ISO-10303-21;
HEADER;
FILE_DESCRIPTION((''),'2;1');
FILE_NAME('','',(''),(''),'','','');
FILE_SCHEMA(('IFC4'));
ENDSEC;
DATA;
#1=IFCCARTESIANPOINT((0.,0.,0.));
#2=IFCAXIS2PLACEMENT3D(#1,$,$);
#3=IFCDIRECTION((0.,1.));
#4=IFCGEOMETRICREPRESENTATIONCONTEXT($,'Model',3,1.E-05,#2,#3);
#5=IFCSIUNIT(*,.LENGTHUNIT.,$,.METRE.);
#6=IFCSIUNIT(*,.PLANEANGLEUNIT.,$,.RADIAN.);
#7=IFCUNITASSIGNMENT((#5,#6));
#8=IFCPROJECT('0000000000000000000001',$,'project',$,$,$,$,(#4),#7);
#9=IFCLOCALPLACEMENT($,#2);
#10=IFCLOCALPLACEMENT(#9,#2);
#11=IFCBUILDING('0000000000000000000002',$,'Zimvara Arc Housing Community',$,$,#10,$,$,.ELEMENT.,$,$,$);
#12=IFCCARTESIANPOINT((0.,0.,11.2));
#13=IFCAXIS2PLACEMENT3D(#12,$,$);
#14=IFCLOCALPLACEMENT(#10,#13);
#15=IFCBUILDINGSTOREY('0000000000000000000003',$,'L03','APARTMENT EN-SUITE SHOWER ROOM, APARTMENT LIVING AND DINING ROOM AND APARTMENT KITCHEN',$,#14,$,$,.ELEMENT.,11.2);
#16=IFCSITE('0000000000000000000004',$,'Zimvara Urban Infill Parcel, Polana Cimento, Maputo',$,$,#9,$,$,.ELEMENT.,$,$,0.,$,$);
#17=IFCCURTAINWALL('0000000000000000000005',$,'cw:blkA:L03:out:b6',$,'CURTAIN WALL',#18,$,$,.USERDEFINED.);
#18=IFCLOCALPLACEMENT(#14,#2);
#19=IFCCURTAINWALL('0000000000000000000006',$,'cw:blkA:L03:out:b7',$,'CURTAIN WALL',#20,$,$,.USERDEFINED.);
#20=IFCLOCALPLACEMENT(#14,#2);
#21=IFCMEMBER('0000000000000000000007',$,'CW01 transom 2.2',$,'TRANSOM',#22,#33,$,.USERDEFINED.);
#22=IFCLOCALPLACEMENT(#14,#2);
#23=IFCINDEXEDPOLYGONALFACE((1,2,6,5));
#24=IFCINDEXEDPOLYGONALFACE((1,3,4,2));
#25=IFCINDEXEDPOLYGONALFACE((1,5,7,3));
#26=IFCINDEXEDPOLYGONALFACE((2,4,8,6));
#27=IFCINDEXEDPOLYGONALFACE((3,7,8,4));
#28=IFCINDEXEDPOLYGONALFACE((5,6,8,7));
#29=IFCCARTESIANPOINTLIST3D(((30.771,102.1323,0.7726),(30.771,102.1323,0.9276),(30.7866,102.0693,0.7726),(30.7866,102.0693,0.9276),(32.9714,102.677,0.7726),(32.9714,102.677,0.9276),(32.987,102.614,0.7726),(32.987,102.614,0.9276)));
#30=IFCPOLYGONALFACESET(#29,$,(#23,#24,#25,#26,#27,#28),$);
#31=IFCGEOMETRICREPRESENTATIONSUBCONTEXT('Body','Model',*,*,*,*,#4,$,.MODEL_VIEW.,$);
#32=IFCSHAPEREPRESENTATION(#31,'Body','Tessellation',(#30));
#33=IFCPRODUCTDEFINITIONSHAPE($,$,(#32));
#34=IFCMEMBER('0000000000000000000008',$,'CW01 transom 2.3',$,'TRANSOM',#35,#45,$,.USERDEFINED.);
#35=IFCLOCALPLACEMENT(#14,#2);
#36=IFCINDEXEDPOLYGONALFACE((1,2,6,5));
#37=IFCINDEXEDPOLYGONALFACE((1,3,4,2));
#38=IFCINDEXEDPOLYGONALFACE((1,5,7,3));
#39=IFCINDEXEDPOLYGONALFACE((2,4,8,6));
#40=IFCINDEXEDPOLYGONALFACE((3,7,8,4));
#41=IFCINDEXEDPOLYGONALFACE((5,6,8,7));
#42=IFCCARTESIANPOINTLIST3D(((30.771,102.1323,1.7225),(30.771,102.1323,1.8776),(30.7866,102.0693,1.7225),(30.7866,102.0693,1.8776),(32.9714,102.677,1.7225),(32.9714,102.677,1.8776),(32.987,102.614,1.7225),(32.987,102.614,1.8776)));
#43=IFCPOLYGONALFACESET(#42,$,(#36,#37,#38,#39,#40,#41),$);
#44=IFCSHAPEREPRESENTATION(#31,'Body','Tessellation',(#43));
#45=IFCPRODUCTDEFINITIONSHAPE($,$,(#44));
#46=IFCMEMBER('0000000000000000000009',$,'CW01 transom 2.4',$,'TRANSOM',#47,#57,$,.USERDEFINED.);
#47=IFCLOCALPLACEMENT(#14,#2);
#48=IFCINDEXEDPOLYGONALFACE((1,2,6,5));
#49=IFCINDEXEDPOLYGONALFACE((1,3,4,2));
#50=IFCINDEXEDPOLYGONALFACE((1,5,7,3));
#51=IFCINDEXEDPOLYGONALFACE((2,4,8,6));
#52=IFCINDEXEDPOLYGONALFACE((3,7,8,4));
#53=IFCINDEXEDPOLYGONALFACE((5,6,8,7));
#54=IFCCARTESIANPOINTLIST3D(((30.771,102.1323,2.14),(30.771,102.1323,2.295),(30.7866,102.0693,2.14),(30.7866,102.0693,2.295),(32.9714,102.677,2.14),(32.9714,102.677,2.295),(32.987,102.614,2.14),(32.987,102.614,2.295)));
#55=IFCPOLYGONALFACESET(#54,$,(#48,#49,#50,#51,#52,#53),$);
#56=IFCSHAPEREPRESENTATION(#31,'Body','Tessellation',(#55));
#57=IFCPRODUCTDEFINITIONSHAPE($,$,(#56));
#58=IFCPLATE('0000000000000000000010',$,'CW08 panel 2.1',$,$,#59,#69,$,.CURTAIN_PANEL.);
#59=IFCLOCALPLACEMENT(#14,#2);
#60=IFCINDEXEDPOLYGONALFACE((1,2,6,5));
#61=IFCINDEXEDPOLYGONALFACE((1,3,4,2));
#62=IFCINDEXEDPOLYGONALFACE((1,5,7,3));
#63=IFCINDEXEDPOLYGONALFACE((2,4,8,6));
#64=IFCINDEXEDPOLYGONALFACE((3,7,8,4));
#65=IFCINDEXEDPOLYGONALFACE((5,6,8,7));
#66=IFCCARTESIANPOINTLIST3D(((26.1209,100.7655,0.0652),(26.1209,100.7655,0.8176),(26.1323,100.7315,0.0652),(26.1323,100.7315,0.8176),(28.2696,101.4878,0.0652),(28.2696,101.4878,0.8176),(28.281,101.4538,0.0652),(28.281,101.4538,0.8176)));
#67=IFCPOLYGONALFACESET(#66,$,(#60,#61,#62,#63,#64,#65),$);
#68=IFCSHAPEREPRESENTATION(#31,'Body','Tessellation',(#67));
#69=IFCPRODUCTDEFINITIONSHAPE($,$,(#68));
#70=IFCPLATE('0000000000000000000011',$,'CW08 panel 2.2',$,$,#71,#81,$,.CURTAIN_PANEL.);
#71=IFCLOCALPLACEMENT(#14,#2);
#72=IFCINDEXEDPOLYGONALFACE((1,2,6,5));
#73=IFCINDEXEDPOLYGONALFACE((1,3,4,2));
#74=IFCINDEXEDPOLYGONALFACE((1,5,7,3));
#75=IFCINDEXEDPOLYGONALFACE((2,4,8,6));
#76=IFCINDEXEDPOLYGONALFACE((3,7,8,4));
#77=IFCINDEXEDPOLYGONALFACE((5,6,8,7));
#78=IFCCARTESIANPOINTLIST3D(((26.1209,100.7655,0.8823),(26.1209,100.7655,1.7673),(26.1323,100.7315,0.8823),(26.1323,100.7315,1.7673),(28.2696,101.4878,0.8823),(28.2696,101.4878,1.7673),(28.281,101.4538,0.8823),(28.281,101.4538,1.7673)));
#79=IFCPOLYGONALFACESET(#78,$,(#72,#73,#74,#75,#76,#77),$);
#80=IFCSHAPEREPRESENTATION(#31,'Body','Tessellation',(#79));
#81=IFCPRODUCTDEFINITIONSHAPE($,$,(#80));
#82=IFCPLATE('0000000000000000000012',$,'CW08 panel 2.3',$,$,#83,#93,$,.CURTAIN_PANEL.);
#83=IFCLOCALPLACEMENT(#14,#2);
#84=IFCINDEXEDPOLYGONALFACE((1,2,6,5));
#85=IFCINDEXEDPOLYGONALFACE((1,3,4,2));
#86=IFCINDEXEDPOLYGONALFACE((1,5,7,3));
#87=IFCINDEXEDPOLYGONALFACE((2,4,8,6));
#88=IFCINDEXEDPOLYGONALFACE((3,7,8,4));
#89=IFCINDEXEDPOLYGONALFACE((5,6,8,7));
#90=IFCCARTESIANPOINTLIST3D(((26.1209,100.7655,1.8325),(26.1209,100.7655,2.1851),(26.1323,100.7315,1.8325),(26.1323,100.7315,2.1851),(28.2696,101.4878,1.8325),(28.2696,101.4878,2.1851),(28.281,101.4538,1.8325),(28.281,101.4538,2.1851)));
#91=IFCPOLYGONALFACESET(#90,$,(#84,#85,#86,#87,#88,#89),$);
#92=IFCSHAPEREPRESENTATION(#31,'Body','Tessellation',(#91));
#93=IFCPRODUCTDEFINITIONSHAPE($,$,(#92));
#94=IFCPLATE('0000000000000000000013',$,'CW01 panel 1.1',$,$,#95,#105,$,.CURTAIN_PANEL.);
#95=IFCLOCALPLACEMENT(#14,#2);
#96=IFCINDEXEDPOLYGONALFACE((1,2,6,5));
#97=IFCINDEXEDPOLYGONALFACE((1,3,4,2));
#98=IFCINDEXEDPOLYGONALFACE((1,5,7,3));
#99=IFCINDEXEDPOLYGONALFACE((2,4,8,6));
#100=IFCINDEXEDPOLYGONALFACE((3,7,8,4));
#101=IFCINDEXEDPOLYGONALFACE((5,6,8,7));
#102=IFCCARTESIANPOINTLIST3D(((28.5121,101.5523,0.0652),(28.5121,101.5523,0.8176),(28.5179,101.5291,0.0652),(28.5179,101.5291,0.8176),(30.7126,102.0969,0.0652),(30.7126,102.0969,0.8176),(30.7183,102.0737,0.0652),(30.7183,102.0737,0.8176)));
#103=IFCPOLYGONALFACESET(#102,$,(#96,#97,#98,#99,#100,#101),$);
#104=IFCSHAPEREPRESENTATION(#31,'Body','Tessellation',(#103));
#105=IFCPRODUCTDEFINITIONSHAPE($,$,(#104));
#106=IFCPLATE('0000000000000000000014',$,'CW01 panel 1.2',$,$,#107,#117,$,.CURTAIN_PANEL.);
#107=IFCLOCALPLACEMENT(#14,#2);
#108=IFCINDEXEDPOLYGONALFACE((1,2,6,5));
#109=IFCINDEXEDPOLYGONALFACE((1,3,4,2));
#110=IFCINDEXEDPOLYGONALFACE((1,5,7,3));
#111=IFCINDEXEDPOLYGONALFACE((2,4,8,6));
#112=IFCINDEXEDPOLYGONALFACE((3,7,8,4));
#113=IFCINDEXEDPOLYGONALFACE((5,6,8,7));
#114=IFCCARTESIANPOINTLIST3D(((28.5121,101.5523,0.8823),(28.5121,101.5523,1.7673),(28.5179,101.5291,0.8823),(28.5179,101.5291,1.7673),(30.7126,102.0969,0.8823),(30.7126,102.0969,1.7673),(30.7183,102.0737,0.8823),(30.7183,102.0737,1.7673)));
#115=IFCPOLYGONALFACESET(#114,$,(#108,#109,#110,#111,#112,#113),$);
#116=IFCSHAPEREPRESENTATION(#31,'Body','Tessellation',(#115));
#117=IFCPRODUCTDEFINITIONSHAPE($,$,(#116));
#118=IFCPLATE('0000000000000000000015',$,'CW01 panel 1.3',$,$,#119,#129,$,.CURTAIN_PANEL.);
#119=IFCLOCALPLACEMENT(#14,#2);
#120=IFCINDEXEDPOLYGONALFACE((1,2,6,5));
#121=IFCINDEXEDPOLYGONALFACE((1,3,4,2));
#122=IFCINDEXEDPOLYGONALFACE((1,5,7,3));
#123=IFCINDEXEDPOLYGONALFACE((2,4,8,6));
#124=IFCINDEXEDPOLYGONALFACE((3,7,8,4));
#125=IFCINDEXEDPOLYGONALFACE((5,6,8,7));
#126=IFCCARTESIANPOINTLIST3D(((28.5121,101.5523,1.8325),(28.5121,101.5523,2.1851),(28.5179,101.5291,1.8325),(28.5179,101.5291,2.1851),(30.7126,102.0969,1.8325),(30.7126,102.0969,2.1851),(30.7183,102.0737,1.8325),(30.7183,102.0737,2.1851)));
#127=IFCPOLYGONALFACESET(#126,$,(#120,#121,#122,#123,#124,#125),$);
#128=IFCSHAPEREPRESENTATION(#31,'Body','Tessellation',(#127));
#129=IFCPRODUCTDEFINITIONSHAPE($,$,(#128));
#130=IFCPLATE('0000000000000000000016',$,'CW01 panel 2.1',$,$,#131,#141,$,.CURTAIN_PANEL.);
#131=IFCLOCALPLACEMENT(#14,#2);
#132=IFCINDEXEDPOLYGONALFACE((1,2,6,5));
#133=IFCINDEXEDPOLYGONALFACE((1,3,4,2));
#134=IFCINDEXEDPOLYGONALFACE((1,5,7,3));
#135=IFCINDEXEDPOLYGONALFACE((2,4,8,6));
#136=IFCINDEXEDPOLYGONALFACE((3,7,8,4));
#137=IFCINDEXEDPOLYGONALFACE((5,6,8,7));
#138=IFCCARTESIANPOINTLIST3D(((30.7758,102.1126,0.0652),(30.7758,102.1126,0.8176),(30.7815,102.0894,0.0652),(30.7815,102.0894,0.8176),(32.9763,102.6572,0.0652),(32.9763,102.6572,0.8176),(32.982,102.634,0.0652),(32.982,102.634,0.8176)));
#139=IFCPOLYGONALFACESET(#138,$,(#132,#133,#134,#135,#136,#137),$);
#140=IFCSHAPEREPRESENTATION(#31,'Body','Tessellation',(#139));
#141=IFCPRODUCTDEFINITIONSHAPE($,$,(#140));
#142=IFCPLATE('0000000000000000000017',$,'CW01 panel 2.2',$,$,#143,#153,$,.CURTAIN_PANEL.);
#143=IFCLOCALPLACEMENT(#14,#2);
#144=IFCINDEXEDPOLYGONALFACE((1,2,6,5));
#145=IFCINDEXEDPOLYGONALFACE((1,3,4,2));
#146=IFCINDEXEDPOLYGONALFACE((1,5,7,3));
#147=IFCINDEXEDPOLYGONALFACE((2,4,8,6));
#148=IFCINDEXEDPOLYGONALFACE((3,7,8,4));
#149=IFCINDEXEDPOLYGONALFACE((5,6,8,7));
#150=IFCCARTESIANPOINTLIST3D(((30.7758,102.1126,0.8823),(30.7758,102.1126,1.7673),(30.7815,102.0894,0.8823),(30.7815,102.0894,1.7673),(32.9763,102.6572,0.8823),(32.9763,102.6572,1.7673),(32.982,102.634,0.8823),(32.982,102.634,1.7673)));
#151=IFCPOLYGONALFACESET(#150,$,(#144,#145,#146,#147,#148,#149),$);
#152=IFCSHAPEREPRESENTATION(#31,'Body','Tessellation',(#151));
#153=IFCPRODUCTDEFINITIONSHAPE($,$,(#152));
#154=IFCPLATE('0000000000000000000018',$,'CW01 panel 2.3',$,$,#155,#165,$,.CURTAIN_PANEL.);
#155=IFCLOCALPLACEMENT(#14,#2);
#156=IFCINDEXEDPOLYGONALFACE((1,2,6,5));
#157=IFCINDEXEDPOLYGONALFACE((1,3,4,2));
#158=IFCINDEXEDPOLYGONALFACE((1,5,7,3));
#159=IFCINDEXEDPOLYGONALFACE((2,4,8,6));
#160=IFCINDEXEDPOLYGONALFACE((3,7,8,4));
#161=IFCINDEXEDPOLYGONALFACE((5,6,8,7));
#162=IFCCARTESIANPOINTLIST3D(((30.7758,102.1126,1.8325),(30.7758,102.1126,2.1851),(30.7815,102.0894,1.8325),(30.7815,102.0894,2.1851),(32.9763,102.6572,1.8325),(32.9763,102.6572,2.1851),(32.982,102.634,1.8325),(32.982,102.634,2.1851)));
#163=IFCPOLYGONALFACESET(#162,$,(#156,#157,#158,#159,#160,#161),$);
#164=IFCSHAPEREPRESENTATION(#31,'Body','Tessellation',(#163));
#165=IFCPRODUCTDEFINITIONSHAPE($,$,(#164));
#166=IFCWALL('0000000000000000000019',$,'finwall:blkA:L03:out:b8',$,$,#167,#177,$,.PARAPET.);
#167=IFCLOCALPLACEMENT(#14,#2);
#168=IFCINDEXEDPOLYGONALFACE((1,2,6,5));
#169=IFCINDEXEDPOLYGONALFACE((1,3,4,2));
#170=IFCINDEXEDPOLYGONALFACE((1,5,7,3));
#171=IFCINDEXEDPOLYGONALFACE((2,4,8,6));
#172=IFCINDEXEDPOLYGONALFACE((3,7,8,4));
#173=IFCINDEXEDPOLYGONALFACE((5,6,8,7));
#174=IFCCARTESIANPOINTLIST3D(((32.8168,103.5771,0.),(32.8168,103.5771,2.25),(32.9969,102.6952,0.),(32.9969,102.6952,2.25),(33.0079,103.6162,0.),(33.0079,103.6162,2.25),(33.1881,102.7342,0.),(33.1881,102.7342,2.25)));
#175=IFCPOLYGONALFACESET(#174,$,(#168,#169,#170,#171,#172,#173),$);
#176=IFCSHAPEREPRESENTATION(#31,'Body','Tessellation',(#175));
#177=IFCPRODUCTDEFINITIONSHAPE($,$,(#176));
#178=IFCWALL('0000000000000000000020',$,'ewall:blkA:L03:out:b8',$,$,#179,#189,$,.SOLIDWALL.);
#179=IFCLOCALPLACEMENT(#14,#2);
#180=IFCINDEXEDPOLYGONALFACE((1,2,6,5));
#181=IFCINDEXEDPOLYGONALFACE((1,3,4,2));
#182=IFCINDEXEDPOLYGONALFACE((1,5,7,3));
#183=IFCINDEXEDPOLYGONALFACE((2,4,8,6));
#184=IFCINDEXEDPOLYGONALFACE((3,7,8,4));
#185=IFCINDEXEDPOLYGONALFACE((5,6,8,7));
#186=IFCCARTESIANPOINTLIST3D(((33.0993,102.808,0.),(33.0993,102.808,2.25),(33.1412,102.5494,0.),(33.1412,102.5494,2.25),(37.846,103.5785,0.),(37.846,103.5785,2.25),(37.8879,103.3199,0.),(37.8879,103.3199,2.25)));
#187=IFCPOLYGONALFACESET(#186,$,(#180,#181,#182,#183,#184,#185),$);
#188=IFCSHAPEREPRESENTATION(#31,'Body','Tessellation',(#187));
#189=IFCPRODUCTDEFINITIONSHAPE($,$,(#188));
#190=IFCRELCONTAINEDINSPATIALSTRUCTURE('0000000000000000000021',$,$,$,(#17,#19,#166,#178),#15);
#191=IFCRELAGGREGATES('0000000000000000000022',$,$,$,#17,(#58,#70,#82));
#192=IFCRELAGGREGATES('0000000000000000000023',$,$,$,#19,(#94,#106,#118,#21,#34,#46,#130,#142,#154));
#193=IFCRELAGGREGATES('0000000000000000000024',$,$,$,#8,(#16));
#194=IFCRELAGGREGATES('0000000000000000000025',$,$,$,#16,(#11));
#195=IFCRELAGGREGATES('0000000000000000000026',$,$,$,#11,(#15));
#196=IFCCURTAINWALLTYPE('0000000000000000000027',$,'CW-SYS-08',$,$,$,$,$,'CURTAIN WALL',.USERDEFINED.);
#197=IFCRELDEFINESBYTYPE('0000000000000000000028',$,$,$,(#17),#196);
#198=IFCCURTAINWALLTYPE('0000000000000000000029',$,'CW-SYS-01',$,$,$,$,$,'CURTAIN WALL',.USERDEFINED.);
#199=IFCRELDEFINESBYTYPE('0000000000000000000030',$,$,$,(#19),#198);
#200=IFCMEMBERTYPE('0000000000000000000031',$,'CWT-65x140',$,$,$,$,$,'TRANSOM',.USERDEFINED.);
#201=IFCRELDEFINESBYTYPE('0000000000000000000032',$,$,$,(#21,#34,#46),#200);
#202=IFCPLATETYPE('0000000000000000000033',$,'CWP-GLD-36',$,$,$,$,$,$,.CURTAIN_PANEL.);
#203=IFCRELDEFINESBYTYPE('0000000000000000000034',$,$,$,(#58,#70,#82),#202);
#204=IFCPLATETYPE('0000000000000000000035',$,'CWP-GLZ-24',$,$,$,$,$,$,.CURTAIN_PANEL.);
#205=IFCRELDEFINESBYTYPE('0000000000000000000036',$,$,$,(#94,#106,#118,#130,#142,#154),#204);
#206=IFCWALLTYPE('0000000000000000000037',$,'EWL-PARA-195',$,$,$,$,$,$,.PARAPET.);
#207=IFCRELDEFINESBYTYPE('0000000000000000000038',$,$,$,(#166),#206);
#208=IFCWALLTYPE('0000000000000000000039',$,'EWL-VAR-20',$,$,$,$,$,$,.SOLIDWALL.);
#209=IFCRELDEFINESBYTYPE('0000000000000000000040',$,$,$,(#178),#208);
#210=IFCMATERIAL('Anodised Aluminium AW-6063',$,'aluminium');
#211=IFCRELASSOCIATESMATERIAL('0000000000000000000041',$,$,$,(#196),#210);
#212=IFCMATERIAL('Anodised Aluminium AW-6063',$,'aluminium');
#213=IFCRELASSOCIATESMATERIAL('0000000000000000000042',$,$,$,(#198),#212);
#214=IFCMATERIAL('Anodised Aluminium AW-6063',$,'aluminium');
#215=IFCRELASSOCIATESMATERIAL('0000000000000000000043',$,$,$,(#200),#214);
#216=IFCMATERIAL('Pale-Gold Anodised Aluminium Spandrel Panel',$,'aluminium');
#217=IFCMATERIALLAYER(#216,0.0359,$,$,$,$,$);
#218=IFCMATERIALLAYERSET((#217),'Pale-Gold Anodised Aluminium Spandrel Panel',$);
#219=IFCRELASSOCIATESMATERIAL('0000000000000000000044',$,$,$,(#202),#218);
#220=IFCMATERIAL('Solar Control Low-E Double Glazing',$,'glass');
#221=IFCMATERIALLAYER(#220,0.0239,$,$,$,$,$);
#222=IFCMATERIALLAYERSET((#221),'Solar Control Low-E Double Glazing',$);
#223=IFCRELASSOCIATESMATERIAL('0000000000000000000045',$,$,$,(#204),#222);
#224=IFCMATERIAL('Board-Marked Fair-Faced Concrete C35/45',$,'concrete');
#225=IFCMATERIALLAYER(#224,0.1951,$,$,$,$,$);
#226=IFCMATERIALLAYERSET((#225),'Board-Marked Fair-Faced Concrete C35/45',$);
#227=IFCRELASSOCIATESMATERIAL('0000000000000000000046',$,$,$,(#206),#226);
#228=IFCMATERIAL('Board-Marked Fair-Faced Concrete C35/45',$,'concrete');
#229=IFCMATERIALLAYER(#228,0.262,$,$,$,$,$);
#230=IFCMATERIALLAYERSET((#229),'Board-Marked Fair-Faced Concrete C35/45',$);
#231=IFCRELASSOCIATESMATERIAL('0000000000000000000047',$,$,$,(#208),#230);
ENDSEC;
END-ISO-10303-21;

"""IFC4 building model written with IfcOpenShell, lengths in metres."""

from ifc_helpers import new_model, si_unit, direction, frame, frame_2d, origin, origin_2d, place, context, subcontext, project, spatial, rectangle, extrude, material, layer, layer_set, material_profile, profile_set, type_object, element, aggregate, save


model = new_model("IFC4")

# Units and contexts
model_context = context("Model", 3, precision=1e-05, world=origin(), true_north=direction((0.0, 1.0)))
body_context = subcontext(model_context, "Body", "Model", "MODEL_VIEW")
ifc_project = project(units=[si_unit("LENGTHUNIT", "METRE"), si_unit("PLANEANGLEUNIT", "RADIAN")], contexts=[model_context])

# Site, building, storey
site_placement = place(None, origin())
site = spatial("IfcSite", under=ifc_project, at=site_placement, Name="Zimvara Urban Infill Parcel, Polana Cimento, Maputo", CompositionType="ELEMENT", RefElevation=0.0)
building_placement = place(site_placement, origin())
building = spatial("IfcBuilding", under=site, at=building_placement, Name="Zimvara Arc Housing Community", CompositionType="ELEMENT")
storey_placement = place(building_placement, frame((0.0, 0.0, 11.2)))
storey = spatial("IfcBuildingStorey", under=building, at=storey_placement, Name="L03", Description="APARTMENT EN-SUITE SHOWER ROOM, APARTMENT LIVING AND DINING ROOM AND APARTMENT KITCHEN", CompositionType="ELEMENT", Elevation=11.2)

# Curtain wall
ifc_material_1 = material(Name="Anodised Aluminium AW-6063", Category="aluminium")
curtain_wall_type_1 = type_object("IfcCurtainWallType", Name="CW-SYS-08", ElementType="CURTAIN WALL", PredefinedType="USERDEFINED", material=ifc_material_1)
curtain_wall_1_placement = place(storey_placement, origin())
curtain_wall_1 = element("IfcCurtainWall", 1, at=curtain_wall_1_placement, inside=storey, type_object=curtain_wall_type_1, Name="cw:blkA:L03:out:b6", ObjectType="CURTAIN WALL", PredefinedType="USERDEFINED")

# Curtain wall, members
ifc_material_2 = material(Name="Anodised Aluminium AW-6063", Category="aluminium")
curtain_wall_type_2 = type_object("IfcCurtainWallType", Name="CW-SYS-01", ElementType="CURTAIN WALL", PredefinedType="USERDEFINED", material=ifc_material_2)
curtain_wall_2_placement = place(storey_placement, origin())
curtain_wall_2 = element("IfcCurtainWall", 2, at=curtain_wall_2_placement, inside=storey, type_object=curtain_wall_type_2, Name="cw:blkA:L03:out:b7", ObjectType="CURTAIN WALL", PredefinedType="USERDEFINED")
ifc_material_3 = material(Name="Anodised Aluminium AW-6063", Category="aluminium")
ifc_material_profile_1 = material_profile(ifc_material_3, rectangle(XDim=0.0649, YDim=0.155, at=origin_2d()), Name="ALU 65x155")
ifc_profile_set_1 = profile_set([ifc_material_profile_1], Name="Anodised Aluminium AW-6063")
member_type_1 = type_object("IfcMemberType", Name="CWT-65x140", ElementType="TRANSOM", PredefinedType="USERDEFINED", material=ifc_profile_set_1)
member_1_placement = place(storey_placement, frame((30.7788, 102.1008, 0.8501), z_axis=(0.970704, 0.24028, 0.0), x_axis=(-0.24028, 0.970704, 0.0)))
member_1 = element("IfcMember", 3, at=member_1_placement, type_object=member_type_1, Name="CW01 transom 2.2", ObjectType="TRANSOM", PredefinedType="USERDEFINED", context=body_context, shape_type="SweptSolid", body=[
    extrude(rectangle(XDim=0.0649, YDim=0.155, at=origin_2d()), origin(), (0.0, 0.0, 1.0), 2.2668),
])
member_2_placement = place(storey_placement, frame((30.7788, 102.1008, 1.8), z_axis=(0.970704, 0.24028, 0.0), x_axis=(-0.24028, 0.970704, 0.0)))
member_2 = element("IfcMember", 4, at=member_2_placement, type_object=member_type_1, Name="CW01 transom 2.3", ObjectType="TRANSOM", PredefinedType="USERDEFINED", context=body_context, shape_type="SweptSolid", body=[
    extrude(rectangle(XDim=0.0649, YDim=0.155, at=origin_2d()), origin(), (0.0, 0.0, 1.0), 2.2668),
])
member_3_placement = place(storey_placement, frame((30.7788, 102.1008, 2.2175), z_axis=(0.970704, 0.24028, 0.0), x_axis=(-0.24028, 0.970704, 0.0)))
member_3 = element("IfcMember", 5, at=member_3_placement, type_object=member_type_1, Name="CW01 transom 2.4", ObjectType="TRANSOM", PredefinedType="USERDEFINED", context=body_context, shape_type="SweptSolid", body=[
    extrude(rectangle(XDim=0.0649, YDim=0.155, at=origin_2d()), origin(), (0.0, 0.0, 1.0), 2.2668),
])

# Plates
ifc_material_4 = material(Name="Pale-Gold Anodised Aluminium Spandrel Panel", Category="aluminium")
ifc_layer_1 = layer(ifc_material_4, 0.0359)
ifc_layer_set_1 = layer_set([ifc_layer_1], Name="Pale-Gold Anodised Aluminium Spandrel Panel")
plate_type_1 = type_object("IfcPlateType", Name="CWP-GLD-36", PredefinedType="CURTAIN_PANEL", material=ifc_layer_set_1)
plate_1_placement = place(storey_placement, frame((27.2009, 101.1096, 0.0652), z_axis=(0.0, 0.0, 1.0), x_axis=(0.94788, 0.318629, 0.0)))
plate_1 = element("IfcPlate", 6, at=plate_1_placement, type_object=plate_type_1, Name="CW08 panel 2.1", PredefinedType="CURTAIN_PANEL", context=body_context, shape_type="SweptSolid", body=[
    extrude(rectangle(XDim=2.2668, YDim=0.0359, at=origin_2d()), origin(), (0.0, 0.0, 1.0), 0.7524),
])
plate_2_placement = place(storey_placement, frame((27.2009, 101.1096, 0.8823), z_axis=(0.0, 0.0, 1.0), x_axis=(0.94788, 0.318629, 0.0)))
plate_2 = element("IfcPlate", 7, at=plate_2_placement, type_object=plate_type_1, Name="CW08 panel 2.2", PredefinedType="CURTAIN_PANEL", context=body_context, shape_type="SweptSolid", body=[
    extrude(rectangle(XDim=2.2668, YDim=0.0359, at=origin_2d()), origin(), (0.0, 0.0, 1.0), 0.885),
])
plate_3_placement = place(storey_placement, frame((27.2009, 101.1096, 1.8325), z_axis=(0.0, 0.0, 1.0), x_axis=(0.94788, 0.318629, 0.0)))
plate_3 = element("IfcPlate", 8, at=plate_3_placement, type_object=plate_type_1, Name="CW08 panel 2.3", PredefinedType="CURTAIN_PANEL", context=body_context, shape_type="SweptSolid", body=[
    extrude(rectangle(XDim=2.2668, YDim=0.0359, at=origin_2d()), origin(), (0.0, 0.0, 1.0), 0.3525),
])
aggregate(curtain_wall_1, [plate_1, plate_2, plate_3])
ifc_material_5 = material(Name="Solar Control Low-E Double Glazing", Category="glass")
ifc_layer_2 = layer(ifc_material_5, 0.0239)
ifc_layer_set_2 = layer_set([ifc_layer_2], Name="Solar Control Low-E Double Glazing")
plate_type_2 = type_object("IfcPlateType", Name="CWP-GLZ-24", PredefinedType="CURTAIN_PANEL", material=ifc_layer_set_2)
plate_4_placement = place(storey_placement, frame((29.6152, 101.813, 0.0652), z_axis=(0.0, 0.0, 1.0), x_axis=(0.970716, 0.24023, 0.0)))
plate_4 = element("IfcPlate", 9, at=plate_4_placement, type_object=plate_type_2, Name="CW01 panel 1.1", PredefinedType="CURTAIN_PANEL", context=body_context, shape_type="SweptSolid", body=[
    extrude(rectangle(XDim=2.2668, YDim=0.0239, at=origin_2d()), origin(), (0.0, 0.0, 1.0), 0.7524),
])
plate_5_placement = place(storey_placement, frame((29.6152, 101.813, 0.8823), z_axis=(0.0, 0.0, 1.0), x_axis=(0.970716, 0.24023, 0.0)))
plate_5 = element("IfcPlate", 10, at=plate_5_placement, type_object=plate_type_2, Name="CW01 panel 1.2", PredefinedType="CURTAIN_PANEL", context=body_context, shape_type="SweptSolid", body=[
    extrude(rectangle(XDim=2.2668, YDim=0.0239, at=origin_2d()), origin(), (0.0, 0.0, 1.0), 0.885),
])
plate_6_placement = place(storey_placement, frame((29.6152, 101.813, 1.8325), z_axis=(0.0, 0.0, 1.0), x_axis=(0.970716, 0.24023, 0.0)))
plate_6 = element("IfcPlate", 11, at=plate_6_placement, type_object=plate_type_2, Name="CW01 panel 1.3", PredefinedType="CURTAIN_PANEL", context=body_context, shape_type="SweptSolid", body=[
    extrude(rectangle(XDim=2.2668, YDim=0.0239, at=origin_2d()), origin(), (0.0, 0.0, 1.0), 0.3525),
])
plate_7_placement = place(storey_placement, frame((31.8789, 102.3733, 0.0652), z_axis=(0.0, 0.0, 1.0), x_axis=(0.970716, 0.24023, 0.0)))
plate_7 = element("IfcPlate", 12, at=plate_7_placement, type_object=plate_type_2, Name="CW01 panel 2.1", PredefinedType="CURTAIN_PANEL", context=body_context, shape_type="SweptSolid", body=[
    extrude(rectangle(XDim=2.2668, YDim=0.0239, at=origin_2d()), origin(), (0.0, 0.0, 1.0), 0.7524),
])
plate_8_placement = place(storey_placement, frame((31.8789, 102.3733, 0.8823), z_axis=(0.0, 0.0, 1.0), x_axis=(0.970716, 0.24023, 0.0)))
plate_8 = element("IfcPlate", 13, at=plate_8_placement, type_object=plate_type_2, Name="CW01 panel 2.2", PredefinedType="CURTAIN_PANEL", context=body_context, shape_type="SweptSolid", body=[
    extrude(rectangle(XDim=2.2668, YDim=0.0239, at=origin_2d()), origin(), (0.0, 0.0, 1.0), 0.885),
])
plate_9_placement = place(storey_placement, frame((31.8789, 102.3733, 1.8325), z_axis=(0.0, 0.0, 1.0), x_axis=(0.970716, 0.24023, 0.0)))
plate_9 = element("IfcPlate", 14, at=plate_9_placement, type_object=plate_type_2, Name="CW01 panel 2.3", PredefinedType="CURTAIN_PANEL", context=body_context, shape_type="SweptSolid", body=[
    extrude(rectangle(XDim=2.2668, YDim=0.0239, at=origin_2d()), origin(), (0.0, 0.0, 1.0), 0.3525),
])
aggregate(curtain_wall_2, [plate_4, plate_5, plate_6, member_1, member_2, member_3, plate_7, plate_8, plate_9])

# Walls
ifc_material_6 = material(Name="Board-Marked Fair-Faced Concrete C35/45", Category="concrete")
ifc_layer_3 = layer(ifc_material_6, 0.1951)
ifc_layer_set_3 = layer_set([ifc_layer_3], Name="Board-Marked Fair-Faced Concrete C35/45")
wall_type_1 = type_object("IfcWallType", Name="EWL-PARA-195", PredefinedType="PARAPET", material=ifc_layer_set_3)
wall_1_placement = place(storey_placement, frame((33.0925, 102.7146, 0.0), z_axis=(0.0, 0.0, 1.0), x_axis=(-0.200183, 0.979758, 0.0)))
element("IfcWall", 15, at=wall_1_placement, inside=storey, type_object=wall_type_1, Name="finwall:blkA:L03:out:b8", PredefinedType="PARAPET", context=body_context, shape_type="SweptSolid", body=[
    extrude(rectangle(XDim=0.9001, YDim=0.1951, at=frame_2d((0.4502, 0.0))), origin(), (0.0, 0.0, 1.0), 2.25),
])
ifc_material_7 = material(Name="Board-Marked Fair-Faced Concrete C35/45", Category="concrete")
ifc_layer_4 = layer(ifc_material_7, 0.262)
ifc_layer_set_4 = layer_set([ifc_layer_4], Name="Board-Marked Fair-Faced Concrete C35/45")
wall_type_2 = type_object("IfcWallType", Name="EWL-VAR-20", PredefinedType="SOLIDWALL", material=ifc_layer_set_4)
wall_2_placement = place(storey_placement, frame((33.1204, 102.6787, 0.0), z_axis=(0.0, 0.0, 1.0), x_axis=(0.987081, 0.160224, 0.0)))
element("IfcWall", 16, at=wall_2_placement, inside=storey, type_object=wall_type_2, Name="ewall:blkA:L03:out:b8", PredefinedType="SOLIDWALL", context=body_context, shape_type="SweptSolid", body=[
    extrude(rectangle(XDim=4.8088, YDim=0.262, at=frame_2d((2.4043, 0.0))), origin(), (0.0, 0.0, 1.0), 2.25),
])

save(model, "model.ifc")
